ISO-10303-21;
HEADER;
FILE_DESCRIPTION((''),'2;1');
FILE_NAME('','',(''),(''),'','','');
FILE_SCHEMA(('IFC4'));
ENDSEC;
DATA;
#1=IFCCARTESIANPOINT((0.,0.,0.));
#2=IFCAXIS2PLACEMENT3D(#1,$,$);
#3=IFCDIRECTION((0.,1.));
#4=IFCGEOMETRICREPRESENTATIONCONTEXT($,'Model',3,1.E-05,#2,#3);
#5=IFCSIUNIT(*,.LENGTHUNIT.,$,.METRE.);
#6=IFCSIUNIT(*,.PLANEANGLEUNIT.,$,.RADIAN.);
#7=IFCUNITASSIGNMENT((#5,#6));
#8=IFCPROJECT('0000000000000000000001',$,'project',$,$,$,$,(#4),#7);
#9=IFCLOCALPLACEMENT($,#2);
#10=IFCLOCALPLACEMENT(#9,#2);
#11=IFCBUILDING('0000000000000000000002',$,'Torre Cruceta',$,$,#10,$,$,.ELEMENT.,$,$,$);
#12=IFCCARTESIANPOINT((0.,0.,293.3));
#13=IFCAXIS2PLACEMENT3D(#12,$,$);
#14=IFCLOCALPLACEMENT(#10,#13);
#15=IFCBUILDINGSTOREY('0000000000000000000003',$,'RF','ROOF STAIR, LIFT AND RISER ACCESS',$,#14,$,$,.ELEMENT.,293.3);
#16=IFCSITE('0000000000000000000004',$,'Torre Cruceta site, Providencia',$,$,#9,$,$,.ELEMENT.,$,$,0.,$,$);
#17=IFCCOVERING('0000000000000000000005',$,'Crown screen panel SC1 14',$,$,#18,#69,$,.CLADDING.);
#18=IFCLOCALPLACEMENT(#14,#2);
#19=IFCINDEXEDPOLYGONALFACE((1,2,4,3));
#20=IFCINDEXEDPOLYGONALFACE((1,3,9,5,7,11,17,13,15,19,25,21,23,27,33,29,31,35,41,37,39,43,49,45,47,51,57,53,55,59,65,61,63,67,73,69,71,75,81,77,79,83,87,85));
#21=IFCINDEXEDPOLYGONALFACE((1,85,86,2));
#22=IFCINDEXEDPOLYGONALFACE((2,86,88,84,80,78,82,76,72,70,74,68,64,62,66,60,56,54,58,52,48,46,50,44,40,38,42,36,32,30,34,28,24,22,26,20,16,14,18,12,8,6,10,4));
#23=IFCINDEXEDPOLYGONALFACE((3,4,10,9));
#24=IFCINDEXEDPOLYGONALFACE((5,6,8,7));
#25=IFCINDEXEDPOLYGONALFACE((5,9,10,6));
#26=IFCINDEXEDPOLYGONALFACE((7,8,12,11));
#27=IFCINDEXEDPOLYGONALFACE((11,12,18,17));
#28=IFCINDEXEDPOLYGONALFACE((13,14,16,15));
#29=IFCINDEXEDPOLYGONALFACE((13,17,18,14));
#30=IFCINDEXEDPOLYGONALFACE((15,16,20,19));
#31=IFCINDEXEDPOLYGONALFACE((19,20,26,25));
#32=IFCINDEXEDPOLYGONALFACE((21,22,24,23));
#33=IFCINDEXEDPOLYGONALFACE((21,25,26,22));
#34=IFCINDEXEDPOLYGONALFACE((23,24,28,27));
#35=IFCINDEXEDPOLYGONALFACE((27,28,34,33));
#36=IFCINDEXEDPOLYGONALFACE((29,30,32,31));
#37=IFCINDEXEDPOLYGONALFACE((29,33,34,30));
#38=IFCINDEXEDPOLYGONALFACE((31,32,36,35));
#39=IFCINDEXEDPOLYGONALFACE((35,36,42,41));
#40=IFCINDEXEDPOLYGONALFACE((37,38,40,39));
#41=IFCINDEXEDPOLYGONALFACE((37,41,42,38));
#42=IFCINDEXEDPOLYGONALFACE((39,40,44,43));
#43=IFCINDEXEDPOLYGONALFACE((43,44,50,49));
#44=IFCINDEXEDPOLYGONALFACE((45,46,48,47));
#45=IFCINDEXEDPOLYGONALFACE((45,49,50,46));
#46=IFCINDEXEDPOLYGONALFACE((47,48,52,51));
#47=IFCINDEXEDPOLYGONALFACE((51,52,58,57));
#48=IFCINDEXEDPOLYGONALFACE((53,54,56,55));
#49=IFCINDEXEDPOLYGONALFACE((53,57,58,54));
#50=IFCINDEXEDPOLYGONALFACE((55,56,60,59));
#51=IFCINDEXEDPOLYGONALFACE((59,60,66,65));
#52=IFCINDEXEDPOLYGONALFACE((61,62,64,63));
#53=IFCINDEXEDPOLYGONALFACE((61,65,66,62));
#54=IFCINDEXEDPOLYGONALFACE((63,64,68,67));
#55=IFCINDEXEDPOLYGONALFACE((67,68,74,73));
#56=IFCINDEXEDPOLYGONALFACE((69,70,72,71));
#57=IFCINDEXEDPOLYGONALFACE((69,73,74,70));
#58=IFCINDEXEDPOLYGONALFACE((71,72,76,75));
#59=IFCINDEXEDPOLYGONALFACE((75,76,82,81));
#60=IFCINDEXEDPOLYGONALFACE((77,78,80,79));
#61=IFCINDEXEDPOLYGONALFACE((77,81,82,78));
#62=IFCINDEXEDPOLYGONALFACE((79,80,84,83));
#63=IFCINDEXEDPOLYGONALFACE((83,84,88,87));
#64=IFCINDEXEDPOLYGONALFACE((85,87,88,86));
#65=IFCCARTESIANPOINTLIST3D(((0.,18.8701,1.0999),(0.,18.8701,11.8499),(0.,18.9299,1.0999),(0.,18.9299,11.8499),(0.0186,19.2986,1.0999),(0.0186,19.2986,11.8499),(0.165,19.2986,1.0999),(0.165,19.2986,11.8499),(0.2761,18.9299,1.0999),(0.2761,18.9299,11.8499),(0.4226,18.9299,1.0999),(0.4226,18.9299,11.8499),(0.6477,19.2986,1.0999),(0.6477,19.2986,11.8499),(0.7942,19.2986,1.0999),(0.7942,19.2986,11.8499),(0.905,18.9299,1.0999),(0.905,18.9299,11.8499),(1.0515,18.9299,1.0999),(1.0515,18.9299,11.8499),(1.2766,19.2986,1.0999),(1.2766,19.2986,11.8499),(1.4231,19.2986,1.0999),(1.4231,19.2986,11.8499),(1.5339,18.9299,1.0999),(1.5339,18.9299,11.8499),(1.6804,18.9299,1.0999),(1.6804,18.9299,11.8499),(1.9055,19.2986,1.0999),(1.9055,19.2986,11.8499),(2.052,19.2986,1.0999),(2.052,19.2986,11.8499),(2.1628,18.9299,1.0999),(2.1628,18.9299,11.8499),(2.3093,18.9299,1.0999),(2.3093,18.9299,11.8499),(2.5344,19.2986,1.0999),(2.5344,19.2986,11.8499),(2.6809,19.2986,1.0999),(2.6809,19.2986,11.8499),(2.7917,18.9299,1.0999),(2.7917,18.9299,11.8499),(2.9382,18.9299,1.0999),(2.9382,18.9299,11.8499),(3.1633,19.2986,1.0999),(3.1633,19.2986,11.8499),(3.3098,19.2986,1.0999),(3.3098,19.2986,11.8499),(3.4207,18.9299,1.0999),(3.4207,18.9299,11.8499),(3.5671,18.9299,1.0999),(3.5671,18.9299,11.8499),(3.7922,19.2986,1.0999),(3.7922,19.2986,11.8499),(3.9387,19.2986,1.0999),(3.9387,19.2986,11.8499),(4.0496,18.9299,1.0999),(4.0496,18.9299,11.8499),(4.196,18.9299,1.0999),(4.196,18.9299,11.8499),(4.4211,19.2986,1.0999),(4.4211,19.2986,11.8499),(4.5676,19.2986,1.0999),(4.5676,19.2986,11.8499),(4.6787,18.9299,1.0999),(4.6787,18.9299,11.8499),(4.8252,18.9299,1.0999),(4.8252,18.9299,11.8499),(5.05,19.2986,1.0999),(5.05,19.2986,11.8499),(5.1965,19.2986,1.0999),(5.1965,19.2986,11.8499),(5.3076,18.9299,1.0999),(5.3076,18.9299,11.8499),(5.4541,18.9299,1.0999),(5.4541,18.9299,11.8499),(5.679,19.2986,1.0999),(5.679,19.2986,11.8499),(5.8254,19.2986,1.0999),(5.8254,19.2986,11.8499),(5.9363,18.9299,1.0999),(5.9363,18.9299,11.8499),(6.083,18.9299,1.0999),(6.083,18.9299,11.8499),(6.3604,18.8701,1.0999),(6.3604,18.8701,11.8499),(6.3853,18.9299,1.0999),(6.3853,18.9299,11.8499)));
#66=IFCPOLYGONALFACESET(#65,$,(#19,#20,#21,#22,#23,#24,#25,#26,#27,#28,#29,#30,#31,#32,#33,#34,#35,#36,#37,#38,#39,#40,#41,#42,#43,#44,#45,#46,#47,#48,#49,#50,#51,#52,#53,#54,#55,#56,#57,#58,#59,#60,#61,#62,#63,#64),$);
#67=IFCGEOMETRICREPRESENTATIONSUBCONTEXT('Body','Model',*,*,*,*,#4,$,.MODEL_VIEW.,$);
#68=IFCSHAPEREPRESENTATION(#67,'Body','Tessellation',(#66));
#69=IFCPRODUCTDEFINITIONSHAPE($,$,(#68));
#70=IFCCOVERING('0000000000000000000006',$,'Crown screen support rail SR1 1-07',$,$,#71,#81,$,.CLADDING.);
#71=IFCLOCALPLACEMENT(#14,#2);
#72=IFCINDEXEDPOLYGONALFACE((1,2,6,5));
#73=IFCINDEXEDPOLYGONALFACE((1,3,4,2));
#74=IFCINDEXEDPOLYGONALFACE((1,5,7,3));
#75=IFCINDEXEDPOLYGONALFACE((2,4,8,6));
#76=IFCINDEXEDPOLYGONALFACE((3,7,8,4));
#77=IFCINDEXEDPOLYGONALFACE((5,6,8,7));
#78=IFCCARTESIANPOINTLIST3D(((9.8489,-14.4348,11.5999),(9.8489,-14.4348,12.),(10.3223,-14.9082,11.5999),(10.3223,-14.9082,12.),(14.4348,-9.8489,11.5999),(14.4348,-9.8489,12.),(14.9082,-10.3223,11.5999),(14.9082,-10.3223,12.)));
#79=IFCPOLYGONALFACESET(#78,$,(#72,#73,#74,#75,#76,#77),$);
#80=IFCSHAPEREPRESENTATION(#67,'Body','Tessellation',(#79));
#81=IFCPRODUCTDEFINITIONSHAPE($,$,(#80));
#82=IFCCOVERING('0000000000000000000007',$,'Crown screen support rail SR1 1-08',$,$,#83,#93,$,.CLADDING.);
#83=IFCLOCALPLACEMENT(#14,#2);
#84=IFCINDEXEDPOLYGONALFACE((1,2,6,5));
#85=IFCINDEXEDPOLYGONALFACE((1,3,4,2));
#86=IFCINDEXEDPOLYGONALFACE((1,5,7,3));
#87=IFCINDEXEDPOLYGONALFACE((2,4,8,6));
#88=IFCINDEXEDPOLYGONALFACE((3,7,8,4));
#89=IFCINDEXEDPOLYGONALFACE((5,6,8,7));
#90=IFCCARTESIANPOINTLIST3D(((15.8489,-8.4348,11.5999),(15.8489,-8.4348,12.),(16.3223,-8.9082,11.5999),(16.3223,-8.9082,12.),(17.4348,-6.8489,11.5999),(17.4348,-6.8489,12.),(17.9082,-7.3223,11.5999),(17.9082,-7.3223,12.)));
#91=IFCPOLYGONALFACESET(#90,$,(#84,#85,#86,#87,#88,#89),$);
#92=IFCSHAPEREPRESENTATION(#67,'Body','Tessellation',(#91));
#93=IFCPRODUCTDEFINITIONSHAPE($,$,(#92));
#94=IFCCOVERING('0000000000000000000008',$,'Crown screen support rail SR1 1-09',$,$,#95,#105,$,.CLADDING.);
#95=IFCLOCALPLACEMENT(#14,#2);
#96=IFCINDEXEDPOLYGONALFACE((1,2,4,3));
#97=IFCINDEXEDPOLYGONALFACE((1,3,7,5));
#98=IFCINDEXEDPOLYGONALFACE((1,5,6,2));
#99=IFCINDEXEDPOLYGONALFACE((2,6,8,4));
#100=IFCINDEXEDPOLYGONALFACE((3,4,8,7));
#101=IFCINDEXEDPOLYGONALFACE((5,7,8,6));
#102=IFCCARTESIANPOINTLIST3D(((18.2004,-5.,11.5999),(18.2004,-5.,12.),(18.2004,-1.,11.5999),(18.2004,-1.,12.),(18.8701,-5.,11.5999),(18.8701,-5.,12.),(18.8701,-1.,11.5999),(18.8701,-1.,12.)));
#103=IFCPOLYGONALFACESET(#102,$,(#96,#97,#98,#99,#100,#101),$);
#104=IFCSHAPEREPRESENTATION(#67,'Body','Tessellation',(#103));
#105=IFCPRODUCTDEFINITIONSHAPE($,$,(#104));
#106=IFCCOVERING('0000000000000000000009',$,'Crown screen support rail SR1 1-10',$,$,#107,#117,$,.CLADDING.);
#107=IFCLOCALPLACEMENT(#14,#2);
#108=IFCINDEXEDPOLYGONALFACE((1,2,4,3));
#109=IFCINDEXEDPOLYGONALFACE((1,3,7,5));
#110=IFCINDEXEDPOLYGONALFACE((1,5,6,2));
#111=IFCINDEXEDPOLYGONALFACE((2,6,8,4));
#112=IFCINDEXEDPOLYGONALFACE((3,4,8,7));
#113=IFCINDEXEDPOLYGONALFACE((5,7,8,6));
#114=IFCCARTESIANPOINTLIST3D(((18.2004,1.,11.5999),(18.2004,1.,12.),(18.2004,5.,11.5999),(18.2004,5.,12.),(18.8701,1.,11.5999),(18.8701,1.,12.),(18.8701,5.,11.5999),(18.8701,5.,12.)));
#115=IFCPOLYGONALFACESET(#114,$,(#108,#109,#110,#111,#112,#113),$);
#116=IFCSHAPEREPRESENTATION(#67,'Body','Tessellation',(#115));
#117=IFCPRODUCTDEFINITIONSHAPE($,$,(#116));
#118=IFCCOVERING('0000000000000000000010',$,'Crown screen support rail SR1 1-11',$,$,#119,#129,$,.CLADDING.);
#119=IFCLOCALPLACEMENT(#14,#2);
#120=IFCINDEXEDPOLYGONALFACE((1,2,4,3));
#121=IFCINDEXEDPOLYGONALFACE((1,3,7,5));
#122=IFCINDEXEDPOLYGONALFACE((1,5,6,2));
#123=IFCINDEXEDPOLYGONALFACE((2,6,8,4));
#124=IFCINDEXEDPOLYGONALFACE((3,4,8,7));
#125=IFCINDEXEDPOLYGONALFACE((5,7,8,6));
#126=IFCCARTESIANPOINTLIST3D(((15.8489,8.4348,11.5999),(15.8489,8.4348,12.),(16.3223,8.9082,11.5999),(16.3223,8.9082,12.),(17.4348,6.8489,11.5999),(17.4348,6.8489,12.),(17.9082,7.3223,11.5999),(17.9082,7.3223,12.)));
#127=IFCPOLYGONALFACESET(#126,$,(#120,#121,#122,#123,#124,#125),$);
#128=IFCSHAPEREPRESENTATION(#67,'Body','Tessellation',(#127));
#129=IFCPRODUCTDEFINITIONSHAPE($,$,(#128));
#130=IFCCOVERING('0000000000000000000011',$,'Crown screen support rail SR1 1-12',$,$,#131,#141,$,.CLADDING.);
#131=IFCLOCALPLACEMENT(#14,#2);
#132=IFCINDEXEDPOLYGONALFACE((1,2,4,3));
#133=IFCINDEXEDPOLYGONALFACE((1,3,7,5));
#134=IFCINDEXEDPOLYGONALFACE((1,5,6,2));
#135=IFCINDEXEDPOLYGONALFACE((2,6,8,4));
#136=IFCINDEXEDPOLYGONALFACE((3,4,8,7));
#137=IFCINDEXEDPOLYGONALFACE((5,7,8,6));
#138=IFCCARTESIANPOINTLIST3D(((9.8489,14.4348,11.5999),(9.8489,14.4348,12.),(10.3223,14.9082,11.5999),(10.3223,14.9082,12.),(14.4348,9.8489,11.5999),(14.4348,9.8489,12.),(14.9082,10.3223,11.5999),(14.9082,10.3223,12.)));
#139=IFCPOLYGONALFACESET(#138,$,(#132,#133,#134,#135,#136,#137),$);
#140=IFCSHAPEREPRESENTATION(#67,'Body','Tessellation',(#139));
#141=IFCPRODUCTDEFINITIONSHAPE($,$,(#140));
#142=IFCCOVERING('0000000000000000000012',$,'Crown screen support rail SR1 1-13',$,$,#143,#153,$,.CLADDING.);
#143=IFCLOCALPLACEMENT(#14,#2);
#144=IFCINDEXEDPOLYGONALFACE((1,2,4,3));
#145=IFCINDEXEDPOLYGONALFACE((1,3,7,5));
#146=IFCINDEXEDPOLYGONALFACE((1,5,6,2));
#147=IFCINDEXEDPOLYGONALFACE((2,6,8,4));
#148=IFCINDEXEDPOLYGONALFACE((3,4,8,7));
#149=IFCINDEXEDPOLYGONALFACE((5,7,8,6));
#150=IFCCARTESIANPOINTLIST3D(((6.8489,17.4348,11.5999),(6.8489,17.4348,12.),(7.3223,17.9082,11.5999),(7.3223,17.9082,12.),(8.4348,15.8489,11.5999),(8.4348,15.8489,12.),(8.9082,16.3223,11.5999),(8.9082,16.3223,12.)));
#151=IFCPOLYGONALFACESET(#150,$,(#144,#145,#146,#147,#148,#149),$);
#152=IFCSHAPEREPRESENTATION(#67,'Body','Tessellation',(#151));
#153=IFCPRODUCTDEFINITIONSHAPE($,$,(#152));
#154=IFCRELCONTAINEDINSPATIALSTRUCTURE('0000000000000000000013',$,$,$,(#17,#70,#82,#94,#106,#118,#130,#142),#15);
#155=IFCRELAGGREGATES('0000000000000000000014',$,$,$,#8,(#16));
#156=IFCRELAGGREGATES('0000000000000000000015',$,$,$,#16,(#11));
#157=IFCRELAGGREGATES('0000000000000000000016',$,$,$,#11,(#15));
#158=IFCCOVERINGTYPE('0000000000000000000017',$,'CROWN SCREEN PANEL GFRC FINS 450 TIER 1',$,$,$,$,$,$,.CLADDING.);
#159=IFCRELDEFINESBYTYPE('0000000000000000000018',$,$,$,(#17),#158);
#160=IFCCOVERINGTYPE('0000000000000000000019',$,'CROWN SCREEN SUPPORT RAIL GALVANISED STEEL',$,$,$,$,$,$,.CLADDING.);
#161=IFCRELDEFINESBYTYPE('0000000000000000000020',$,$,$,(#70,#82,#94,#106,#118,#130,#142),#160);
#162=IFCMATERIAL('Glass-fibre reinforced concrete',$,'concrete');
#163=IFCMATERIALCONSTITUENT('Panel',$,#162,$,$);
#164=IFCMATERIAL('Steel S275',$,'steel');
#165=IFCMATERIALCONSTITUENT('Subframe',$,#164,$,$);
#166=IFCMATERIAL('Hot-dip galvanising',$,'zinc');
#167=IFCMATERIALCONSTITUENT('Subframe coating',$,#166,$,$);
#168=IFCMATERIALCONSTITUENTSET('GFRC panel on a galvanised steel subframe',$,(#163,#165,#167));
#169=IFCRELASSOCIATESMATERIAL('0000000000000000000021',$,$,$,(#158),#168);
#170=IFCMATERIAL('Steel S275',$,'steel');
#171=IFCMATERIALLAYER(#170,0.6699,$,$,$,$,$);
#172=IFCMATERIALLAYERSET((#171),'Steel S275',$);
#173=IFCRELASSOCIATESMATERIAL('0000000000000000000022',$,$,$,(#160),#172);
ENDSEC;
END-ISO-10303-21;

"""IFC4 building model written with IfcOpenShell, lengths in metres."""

from ifc_helpers import new_model, si_unit, direction, frame, origin, place, context, subcontext, project, spatial, polyline, outline, extrude, material, layer, layer_set, constituent, constituent_set, type_object, element, save


model = new_model("IFC4")

# Units and contexts
model_context = context("Model", 3, precision=1e-05, world=origin(), true_north=direction((0.0, 1.0)))
body_context = subcontext(model_context, "Body", "Model", "MODEL_VIEW")
ifc_project = project(units=[si_unit("LENGTHUNIT", "METRE"), si_unit("PLANEANGLEUNIT", "RADIAN")], contexts=[model_context])

# Site, building, storey
site_placement = place(None, origin())
site = spatial("IfcSite", under=ifc_project, at=site_placement, Name="Torre Cruceta site, Providencia", CompositionType="ELEMENT", RefElevation=0.0)
building_placement = place(site_placement, origin())
building = spatial("IfcBuilding", under=site, at=building_placement, Name="Torre Cruceta", CompositionType="ELEMENT")
storey_placement = place(building_placement, frame((0.0, 0.0, 293.3)))
storey = spatial("IfcBuildingStorey", under=building, at=storey_placement, Name="RF", Description="ROOF STAIR, LIFT AND RISER ACCESS", CompositionType="ELEMENT", Elevation=293.3)

# Coverings
ifc_material_1 = material(Name="Glass-fibre reinforced concrete", Category="concrete")
ifc_constituent_1 = constituent(ifc_material_1, Name="Panel")
ifc_material_2 = material(Name="Steel S275", Category="steel")
ifc_constituent_2 = constituent(ifc_material_2, Name="Subframe")
ifc_material_3 = material(Name="Hot-dip galvanising", Category="zinc")
ifc_constituent_3 = constituent(ifc_material_3, Name="Subframe coating")
ifc_constituent_set_1 = constituent_set(constituents=[ifc_constituent_1, ifc_constituent_2, ifc_constituent_3], Name="GFRC panel on a galvanised steel subframe")
covering_type_1 = type_object("IfcCoveringType", Name="CROWN SCREEN PANEL GFRC FINS 450 TIER 1", PredefinedType="CLADDING", material=ifc_constituent_set_1)
covering_1_placement = place(storey_placement, frame((0.0, 0.0, 1.0999)))
element("IfcCovering", 1, at=covering_1_placement, inside=storey, type_object=covering_type_1, Name="Crown screen panel SC1 14", PredefinedType="CLADDING", context=body_context, shape_type="SweptSolid", body=[
    extrude(outline(polyline([(0.0, 18.9299), (0.0, 18.8701), (6.3604, 18.8701), (6.3853, 18.9299), (6.083, 18.9299), (5.8254, 19.2986), (5.679, 19.2986), (5.9363, 18.9299), (5.4541, 18.9299), (5.1965, 19.2986), (5.05, 19.2986), (5.3076, 18.9299), (4.8252, 18.9299), (4.5676, 19.2986), (4.4211, 19.2986), (4.6787, 18.9299), (4.196, 18.9299), (3.9387, 19.2986), (3.7922, 19.2986), (4.0496, 18.9299), (3.5671, 18.9299), (3.3098, 19.2986), (3.1633, 19.2986), (3.4207, 18.9299), (2.9382, 18.9299), (2.6809, 19.2986), (2.5344, 19.2986), (2.7917, 18.9299), (2.3093, 18.9299), (2.052, 19.2986), (1.9055, 19.2986), (2.1628, 18.9299), (1.6804, 18.9299), (1.4231, 19.2986), (1.2766, 19.2986), (1.5339, 18.9299), (1.0515, 18.9299), (0.7942, 19.2986), (0.6477, 19.2986), (0.905, 18.9299), (0.4226, 18.9299), (0.165, 19.2986), (0.0186, 19.2986), (0.2761, 18.9299), (0.0, 18.9299)])), origin(), (0.0, 0.0, 1.0), 10.75),
])
ifc_material_4 = material(Name="Steel S275", Category="steel")
ifc_layer_1 = layer(ifc_material_4, 0.6699)
ifc_layer_set_1 = layer_set([ifc_layer_1], Name="Steel S275")
covering_type_2 = type_object("IfcCoveringType", Name="CROWN SCREEN SUPPORT RAIL GALVANISED STEEL", PredefinedType="CLADDING", material=ifc_layer_set_1)
covering_2_placement = place(storey_placement, frame((0.0, 0.0, 11.5999)))
element("IfcCovering", 2, at=covering_2_placement, inside=storey, type_object=covering_type_2, Name="Crown screen support rail SR1 1-07", PredefinedType="CLADDING", context=body_context, shape_type="SweptSolid", body=[
    extrude(outline(polyline([(10.3223, -14.9082), (14.9082, -10.3223), (14.4348, -9.8489), (9.8489, -14.4348), (10.3223, -14.9082)])), origin(), (0.0, 0.0, 1.0), 0.4001),
])
covering_3_placement = place(storey_placement, frame((0.0, 0.0, 11.5999)))
element("IfcCovering", 3, at=covering_3_placement, inside=storey, type_object=covering_type_2, Name="Crown screen support rail SR1 1-08", PredefinedType="CLADDING", context=body_context, shape_type="SweptSolid", body=[
    extrude(outline(polyline([(16.3223, -8.9082), (17.9082, -7.3223), (17.4348, -6.8489), (15.8489, -8.4348), (16.3223, -8.9082)])), origin(), (0.0, 0.0, 1.0), 0.4001),
])
covering_4_placement = place(storey_placement, frame((0.0, 0.0, 11.5999)))
element("IfcCovering", 4, at=covering_4_placement, inside=storey, type_object=covering_type_2, Name="Crown screen support rail SR1 1-09", PredefinedType="CLADDING", context=body_context, shape_type="SweptSolid", body=[
    extrude(outline(polyline([(18.8701, -5.0), (18.8701, -1.0), (18.2004, -1.0), (18.2004, -5.0), (18.8701, -5.0)])), origin(), (0.0, 0.0, 1.0), 0.4001),
])
covering_5_placement = place(storey_placement, frame((0.0, 0.0, 11.5999)))
element("IfcCovering", 5, at=covering_5_placement, inside=storey, type_object=covering_type_2, Name="Crown screen support rail SR1 1-10", PredefinedType="CLADDING", context=body_context, shape_type="SweptSolid", body=[
    extrude(outline(polyline([(18.8701, 1.0), (18.8701, 5.0), (18.2004, 5.0), (18.2004, 1.0), (18.8701, 1.0)])), origin(), (0.0, 0.0, 1.0), 0.4001),
])
covering_6_placement = place(storey_placement, frame((0.0, 0.0, 11.5999)))
element("IfcCovering", 6, at=covering_6_placement, inside=storey, type_object=covering_type_2, Name="Crown screen support rail SR1 1-11", PredefinedType="CLADDING", context=body_context, shape_type="SweptSolid", body=[
    extrude(outline(polyline([(17.9082, 7.3223), (16.3223, 8.9082), (15.8489, 8.4348), (17.4348, 6.8489), (17.9082, 7.3223)])), origin(), (0.0, 0.0, 1.0), 0.4001),
])
covering_7_placement = place(storey_placement, frame((0.0, 0.0, 11.5999)))
element("IfcCovering", 7, at=covering_7_placement, inside=storey, type_object=covering_type_2, Name="Crown screen support rail SR1 1-12", PredefinedType="CLADDING", context=body_context, shape_type="SweptSolid", body=[
    extrude(outline(polyline([(14.9082, 10.3223), (10.3223, 14.9082), (9.8489, 14.4348), (14.4348, 9.8489), (14.9082, 10.3223)])), origin(), (0.0, 0.0, 1.0), 0.4001),
])
covering_8_placement = place(storey_placement, frame((0.0, 0.0, 11.5999)))
element("IfcCovering", 8, at=covering_8_placement, inside=storey, type_object=covering_type_2, Name="Crown screen support rail SR1 1-13", PredefinedType="CLADDING", context=body_context, shape_type="SweptSolid", body=[
    extrude(outline(polyline([(8.9082, 16.3223), (7.3223, 17.9082), (6.8489, 17.4348), (8.4348, 15.8489), (8.9082, 16.3223)])), origin(), (0.0, 0.0, 1.0), 0.4001),
])

save(model, "model.ifc")
